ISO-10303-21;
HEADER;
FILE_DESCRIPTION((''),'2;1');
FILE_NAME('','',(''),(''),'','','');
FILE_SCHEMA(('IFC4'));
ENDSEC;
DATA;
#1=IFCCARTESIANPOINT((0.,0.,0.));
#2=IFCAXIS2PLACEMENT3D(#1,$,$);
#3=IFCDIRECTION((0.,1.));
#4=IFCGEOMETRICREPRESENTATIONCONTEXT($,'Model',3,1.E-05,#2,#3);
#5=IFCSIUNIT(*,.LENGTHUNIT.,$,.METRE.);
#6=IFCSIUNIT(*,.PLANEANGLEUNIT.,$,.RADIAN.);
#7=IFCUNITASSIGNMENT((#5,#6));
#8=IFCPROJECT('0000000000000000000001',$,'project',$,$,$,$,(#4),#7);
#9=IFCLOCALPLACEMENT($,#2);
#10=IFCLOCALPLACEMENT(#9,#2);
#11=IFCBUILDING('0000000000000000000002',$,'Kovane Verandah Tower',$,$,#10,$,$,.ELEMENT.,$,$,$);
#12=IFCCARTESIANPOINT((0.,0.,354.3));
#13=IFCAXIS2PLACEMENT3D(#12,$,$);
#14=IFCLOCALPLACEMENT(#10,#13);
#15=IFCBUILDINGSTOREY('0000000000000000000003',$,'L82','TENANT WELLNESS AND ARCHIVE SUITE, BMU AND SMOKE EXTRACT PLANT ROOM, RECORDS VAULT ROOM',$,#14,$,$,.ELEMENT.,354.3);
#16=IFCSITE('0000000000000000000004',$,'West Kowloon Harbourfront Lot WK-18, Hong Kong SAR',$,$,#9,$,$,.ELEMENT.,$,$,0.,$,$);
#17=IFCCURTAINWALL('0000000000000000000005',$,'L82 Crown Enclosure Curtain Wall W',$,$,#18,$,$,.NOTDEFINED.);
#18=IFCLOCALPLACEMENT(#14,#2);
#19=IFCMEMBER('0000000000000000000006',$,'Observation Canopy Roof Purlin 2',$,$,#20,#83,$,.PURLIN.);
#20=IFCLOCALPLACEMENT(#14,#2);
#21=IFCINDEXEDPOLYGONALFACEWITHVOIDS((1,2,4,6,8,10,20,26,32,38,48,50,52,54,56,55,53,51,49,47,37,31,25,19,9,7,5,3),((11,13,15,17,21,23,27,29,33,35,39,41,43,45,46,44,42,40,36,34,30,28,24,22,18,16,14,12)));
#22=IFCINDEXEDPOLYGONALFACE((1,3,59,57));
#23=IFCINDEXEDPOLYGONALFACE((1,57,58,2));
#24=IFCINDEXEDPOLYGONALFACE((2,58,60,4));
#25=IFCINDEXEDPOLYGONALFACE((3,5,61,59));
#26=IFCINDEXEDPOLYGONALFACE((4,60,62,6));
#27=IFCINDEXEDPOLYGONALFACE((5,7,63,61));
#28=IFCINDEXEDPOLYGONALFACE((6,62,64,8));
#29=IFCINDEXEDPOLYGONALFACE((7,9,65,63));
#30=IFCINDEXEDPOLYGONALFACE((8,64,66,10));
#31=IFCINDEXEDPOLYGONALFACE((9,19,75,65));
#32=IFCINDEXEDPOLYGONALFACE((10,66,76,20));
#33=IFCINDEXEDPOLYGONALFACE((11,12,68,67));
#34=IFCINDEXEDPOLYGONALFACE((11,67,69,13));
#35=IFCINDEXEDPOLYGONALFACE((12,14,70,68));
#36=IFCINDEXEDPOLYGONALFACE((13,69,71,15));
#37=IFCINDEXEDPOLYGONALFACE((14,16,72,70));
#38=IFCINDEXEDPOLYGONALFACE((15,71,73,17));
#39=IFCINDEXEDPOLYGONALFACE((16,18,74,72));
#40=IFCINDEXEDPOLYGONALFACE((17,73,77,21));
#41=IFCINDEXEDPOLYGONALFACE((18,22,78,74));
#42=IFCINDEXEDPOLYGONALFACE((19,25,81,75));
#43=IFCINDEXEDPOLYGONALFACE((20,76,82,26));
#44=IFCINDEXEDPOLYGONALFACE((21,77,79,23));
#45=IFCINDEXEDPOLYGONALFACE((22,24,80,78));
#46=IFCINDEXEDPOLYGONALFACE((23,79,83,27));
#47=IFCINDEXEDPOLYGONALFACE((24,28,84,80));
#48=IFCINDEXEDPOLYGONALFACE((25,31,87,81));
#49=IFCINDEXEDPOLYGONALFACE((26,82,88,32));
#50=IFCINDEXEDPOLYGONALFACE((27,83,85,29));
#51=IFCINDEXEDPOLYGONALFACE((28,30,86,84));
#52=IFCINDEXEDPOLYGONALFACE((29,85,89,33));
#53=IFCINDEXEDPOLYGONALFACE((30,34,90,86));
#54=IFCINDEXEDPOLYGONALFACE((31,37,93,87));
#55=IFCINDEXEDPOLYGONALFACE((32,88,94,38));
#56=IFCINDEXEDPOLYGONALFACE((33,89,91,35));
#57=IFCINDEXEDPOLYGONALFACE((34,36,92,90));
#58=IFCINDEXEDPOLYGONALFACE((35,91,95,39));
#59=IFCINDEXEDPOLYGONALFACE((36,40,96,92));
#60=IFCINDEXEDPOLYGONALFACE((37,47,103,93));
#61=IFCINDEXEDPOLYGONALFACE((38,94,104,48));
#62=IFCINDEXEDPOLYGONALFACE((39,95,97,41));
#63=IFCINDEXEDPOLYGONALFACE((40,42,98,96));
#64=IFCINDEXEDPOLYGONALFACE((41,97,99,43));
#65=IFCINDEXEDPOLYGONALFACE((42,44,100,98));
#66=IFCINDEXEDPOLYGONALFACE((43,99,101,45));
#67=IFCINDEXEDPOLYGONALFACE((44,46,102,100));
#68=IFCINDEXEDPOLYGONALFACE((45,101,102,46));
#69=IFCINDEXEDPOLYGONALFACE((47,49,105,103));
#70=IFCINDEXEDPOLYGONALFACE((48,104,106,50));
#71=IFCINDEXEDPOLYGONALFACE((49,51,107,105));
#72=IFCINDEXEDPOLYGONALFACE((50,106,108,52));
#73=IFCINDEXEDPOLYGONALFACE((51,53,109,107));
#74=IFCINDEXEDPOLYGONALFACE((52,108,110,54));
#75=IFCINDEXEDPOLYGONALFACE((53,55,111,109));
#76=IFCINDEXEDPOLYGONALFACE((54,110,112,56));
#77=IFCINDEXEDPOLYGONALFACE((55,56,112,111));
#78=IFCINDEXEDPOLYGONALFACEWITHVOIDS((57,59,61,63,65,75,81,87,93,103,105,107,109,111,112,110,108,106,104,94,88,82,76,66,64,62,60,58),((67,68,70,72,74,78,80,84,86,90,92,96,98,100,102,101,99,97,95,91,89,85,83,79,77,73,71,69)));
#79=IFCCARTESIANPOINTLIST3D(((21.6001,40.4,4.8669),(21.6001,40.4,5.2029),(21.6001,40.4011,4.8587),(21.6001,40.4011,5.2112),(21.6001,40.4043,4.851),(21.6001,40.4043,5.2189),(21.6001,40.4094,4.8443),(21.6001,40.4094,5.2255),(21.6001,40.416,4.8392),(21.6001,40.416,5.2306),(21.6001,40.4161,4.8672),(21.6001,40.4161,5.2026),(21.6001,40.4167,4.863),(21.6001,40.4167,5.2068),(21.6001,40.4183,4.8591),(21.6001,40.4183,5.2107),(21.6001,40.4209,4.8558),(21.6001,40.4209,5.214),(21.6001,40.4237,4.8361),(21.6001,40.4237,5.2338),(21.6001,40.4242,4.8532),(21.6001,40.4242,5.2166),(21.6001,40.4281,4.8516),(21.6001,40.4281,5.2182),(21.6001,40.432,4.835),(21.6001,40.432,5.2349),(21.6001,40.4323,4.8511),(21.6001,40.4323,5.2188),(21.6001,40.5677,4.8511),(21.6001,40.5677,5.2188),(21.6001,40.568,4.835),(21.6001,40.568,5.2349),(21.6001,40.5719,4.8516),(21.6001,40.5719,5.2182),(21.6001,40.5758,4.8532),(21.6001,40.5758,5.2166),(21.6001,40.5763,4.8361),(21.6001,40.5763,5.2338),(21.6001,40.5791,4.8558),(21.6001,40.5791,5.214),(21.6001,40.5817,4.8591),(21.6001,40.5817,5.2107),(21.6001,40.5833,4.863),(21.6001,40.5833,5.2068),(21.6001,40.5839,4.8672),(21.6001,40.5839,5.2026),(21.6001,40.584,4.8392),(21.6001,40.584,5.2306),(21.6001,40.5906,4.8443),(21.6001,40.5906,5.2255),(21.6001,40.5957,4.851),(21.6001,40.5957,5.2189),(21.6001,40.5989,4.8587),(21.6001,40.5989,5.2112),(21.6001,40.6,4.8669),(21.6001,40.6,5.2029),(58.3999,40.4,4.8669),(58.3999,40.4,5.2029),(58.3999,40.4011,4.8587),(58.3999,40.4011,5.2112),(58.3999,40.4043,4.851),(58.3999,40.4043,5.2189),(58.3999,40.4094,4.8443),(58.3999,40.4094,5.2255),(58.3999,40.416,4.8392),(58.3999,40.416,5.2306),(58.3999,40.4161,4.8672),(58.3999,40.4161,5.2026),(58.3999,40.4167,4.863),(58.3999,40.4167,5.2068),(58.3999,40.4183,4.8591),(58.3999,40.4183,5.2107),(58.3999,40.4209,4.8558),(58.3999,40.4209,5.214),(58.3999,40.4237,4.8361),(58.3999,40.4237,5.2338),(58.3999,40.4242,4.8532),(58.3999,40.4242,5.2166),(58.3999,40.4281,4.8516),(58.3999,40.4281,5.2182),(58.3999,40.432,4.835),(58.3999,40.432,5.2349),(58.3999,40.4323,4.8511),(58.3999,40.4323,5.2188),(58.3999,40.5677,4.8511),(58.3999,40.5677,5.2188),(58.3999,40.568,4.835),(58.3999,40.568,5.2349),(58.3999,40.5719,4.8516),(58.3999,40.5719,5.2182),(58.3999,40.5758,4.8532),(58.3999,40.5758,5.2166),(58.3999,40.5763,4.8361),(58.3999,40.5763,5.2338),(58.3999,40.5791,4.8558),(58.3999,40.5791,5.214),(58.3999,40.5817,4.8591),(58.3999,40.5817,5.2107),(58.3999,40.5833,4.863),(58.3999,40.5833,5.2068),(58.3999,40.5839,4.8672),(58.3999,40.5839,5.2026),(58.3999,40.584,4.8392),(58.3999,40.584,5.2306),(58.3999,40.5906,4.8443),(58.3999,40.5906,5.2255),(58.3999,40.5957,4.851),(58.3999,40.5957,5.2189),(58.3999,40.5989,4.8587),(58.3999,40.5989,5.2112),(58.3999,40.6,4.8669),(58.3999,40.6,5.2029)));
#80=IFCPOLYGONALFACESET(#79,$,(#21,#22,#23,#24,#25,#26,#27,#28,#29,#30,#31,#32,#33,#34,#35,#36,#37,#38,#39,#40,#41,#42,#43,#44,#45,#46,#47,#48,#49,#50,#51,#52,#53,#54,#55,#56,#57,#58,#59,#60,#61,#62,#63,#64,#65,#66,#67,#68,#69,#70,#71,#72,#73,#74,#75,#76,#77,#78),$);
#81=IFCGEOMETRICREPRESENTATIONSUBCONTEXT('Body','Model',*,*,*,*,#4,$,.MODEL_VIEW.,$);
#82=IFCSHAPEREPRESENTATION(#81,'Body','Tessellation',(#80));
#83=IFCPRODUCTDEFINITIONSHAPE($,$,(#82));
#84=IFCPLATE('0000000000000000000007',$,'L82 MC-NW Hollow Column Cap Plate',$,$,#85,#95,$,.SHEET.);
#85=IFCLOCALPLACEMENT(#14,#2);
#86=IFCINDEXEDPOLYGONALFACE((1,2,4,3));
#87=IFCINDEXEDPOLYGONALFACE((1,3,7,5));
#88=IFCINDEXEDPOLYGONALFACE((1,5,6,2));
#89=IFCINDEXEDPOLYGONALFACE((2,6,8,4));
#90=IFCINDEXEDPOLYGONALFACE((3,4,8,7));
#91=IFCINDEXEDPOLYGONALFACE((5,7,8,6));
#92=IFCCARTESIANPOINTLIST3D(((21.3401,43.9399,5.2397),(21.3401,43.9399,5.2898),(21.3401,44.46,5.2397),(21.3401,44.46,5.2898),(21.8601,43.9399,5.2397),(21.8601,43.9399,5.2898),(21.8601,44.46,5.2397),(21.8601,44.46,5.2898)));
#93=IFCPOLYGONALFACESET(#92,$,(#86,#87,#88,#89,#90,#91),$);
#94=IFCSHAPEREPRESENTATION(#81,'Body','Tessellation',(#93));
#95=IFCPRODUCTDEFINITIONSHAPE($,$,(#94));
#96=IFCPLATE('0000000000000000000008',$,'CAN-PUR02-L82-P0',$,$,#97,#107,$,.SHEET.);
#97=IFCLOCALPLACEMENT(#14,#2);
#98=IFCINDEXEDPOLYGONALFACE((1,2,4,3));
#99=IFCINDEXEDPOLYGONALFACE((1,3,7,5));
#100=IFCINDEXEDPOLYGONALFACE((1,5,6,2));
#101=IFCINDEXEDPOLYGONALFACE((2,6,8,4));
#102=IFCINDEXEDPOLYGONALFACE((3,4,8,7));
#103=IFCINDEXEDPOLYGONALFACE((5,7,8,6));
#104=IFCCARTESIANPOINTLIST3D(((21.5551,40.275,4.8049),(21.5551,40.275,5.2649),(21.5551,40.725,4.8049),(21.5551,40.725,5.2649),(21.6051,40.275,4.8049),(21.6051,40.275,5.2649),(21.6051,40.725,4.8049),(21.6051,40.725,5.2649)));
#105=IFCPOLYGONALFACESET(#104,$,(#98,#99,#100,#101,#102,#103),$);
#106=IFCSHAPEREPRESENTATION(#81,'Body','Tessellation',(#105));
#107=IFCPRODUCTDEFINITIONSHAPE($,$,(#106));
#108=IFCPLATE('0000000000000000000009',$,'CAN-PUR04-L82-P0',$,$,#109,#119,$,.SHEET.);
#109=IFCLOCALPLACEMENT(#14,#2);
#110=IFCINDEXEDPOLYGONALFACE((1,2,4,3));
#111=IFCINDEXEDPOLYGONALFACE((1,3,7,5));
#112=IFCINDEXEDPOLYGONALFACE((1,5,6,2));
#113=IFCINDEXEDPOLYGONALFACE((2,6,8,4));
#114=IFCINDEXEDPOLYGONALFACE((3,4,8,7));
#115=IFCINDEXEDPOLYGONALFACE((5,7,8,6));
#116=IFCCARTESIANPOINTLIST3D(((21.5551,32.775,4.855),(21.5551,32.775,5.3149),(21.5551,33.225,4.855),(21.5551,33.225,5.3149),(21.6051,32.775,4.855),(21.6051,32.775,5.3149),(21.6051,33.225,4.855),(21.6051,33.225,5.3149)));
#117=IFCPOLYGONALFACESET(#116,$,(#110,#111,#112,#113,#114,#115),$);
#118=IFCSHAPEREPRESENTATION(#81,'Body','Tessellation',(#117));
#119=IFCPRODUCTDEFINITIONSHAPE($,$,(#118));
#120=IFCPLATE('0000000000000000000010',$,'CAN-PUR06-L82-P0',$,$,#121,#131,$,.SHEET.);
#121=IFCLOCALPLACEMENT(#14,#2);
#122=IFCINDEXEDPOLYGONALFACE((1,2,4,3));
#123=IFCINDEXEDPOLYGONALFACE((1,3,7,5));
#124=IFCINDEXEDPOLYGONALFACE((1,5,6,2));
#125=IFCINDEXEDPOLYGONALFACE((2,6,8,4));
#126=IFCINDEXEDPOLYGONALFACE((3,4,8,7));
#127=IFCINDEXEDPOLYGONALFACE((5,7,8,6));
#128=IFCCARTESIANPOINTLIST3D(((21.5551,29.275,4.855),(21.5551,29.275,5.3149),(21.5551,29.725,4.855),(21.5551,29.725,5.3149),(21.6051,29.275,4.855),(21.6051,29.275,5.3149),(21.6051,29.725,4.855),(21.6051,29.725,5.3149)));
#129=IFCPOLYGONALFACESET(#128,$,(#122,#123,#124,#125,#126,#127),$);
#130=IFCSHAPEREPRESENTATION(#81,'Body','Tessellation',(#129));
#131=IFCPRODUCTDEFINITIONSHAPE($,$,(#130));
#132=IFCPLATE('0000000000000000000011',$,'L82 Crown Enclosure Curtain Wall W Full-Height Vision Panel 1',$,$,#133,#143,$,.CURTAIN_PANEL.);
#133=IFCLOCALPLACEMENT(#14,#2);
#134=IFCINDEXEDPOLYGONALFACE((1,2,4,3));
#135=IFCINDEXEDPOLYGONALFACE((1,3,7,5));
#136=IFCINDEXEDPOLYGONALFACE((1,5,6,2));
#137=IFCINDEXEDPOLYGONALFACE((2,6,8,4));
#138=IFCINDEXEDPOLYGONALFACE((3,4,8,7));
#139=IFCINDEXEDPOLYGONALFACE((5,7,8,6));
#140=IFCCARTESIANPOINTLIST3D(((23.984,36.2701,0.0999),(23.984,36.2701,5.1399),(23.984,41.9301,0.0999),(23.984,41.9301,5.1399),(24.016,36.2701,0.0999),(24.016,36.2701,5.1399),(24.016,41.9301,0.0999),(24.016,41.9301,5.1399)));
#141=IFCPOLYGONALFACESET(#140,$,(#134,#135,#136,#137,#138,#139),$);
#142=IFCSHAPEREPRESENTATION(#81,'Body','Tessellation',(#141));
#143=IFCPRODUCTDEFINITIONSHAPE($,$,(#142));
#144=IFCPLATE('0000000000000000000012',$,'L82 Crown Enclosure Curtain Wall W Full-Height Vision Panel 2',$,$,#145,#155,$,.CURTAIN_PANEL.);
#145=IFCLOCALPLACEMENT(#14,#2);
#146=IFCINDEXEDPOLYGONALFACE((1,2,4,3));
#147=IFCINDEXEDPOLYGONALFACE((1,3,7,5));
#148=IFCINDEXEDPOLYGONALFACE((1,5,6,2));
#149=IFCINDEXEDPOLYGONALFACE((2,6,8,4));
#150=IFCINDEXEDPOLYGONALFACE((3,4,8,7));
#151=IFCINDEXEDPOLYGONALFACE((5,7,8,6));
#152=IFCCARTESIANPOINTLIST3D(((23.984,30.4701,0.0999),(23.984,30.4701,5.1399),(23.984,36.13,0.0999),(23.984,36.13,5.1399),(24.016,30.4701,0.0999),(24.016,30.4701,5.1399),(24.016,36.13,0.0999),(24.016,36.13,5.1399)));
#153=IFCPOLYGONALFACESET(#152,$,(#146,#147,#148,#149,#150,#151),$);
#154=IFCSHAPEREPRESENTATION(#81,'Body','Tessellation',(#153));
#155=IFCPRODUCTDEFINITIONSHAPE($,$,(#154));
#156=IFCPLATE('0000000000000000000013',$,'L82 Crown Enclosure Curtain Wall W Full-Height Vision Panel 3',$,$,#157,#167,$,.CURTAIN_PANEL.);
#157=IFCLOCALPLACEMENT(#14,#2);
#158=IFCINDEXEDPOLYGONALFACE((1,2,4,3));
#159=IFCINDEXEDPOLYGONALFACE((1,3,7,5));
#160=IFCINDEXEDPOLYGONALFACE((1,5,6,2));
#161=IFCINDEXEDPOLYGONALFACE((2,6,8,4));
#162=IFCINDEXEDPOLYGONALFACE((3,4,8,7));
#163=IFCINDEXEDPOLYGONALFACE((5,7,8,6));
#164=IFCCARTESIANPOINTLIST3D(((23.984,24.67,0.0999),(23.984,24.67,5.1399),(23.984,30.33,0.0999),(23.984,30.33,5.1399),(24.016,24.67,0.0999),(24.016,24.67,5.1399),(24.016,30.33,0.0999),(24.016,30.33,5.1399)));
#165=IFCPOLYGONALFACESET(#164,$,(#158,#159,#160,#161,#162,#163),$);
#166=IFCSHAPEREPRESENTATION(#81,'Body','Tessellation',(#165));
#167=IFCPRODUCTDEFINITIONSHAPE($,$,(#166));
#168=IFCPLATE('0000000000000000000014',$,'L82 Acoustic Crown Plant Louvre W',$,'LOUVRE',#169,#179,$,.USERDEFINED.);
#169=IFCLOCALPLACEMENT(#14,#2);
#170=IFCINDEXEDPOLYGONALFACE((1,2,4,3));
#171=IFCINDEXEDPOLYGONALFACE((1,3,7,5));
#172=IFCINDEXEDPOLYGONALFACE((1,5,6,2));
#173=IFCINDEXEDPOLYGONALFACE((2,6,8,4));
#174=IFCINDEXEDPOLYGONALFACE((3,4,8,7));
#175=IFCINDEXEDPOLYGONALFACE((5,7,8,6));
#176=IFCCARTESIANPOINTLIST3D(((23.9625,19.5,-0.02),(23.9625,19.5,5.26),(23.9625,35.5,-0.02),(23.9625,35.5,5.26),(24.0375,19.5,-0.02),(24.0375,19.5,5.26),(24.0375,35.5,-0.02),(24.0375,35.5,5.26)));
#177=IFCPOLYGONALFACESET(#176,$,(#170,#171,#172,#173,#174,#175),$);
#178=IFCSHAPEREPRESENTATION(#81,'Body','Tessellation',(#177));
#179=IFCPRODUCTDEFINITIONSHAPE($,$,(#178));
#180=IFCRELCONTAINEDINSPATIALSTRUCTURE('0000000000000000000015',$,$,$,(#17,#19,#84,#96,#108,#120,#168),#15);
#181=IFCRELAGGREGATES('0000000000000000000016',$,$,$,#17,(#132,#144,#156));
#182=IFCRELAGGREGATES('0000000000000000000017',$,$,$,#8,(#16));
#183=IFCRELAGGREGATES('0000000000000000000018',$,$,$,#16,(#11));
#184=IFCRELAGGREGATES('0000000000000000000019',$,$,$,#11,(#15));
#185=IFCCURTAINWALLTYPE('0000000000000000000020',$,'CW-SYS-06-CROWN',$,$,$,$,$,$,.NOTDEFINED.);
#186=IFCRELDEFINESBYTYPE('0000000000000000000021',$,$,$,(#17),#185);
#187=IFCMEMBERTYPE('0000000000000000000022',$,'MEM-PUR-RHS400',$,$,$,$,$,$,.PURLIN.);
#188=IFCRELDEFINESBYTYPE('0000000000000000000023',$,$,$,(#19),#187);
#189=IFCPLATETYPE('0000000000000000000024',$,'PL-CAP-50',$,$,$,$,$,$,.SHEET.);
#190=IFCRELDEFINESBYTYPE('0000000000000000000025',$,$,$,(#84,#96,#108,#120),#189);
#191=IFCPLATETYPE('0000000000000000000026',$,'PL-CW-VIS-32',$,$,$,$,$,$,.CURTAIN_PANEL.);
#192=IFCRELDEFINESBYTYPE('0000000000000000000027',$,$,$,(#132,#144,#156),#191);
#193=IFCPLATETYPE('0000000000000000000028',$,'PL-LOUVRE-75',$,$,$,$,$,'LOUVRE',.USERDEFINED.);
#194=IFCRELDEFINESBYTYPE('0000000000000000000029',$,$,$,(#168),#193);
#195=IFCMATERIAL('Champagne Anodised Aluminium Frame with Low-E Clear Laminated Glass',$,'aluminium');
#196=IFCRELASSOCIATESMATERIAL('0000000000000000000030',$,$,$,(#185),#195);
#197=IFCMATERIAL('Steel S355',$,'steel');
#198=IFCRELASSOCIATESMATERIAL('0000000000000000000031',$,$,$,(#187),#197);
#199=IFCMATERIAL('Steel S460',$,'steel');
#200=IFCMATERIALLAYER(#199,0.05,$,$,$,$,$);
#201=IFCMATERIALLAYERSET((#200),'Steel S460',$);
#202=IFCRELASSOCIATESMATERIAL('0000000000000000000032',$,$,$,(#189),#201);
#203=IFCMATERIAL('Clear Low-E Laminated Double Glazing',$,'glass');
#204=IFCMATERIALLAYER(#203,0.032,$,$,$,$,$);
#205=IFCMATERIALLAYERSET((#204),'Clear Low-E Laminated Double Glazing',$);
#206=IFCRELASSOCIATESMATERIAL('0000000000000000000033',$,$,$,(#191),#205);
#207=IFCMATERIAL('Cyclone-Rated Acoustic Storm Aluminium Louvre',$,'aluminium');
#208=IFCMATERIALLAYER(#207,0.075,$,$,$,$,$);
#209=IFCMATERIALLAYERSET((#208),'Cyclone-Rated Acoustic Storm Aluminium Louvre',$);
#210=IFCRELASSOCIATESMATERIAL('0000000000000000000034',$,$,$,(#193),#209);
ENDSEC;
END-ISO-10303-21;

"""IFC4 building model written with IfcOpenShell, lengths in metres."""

from ifc_helpers import new_model, si_unit, direction, frame, origin, origin_2d, place, context, subcontext, project, spatial, rectangle, hollow_rectangle, extrude, material, layer, layer_set, material_profile, profile_set, type_object, element, aggregate, save


model = new_model("IFC4")

# Units and contexts
model_context = context("Model", 3, precision=1e-05, world=origin(), true_north=direction((0.0, 1.0)))
body_context = subcontext(model_context, "Body", "Model", "MODEL_VIEW")
ifc_project = project(units=[si_unit("LENGTHUNIT", "METRE"), si_unit("PLANEANGLEUNIT", "RADIAN")], contexts=[model_context])

# Site, building, storey
site_placement = place(None, origin())
site = spatial("IfcSite", under=ifc_project, at=site_placement, Name="West Kowloon Harbourfront Lot WK-18, Hong Kong SAR", CompositionType="ELEMENT", RefElevation=0.0)
building_placement = place(site_placement, origin())
building = spatial("IfcBuilding", under=site, at=building_placement, Name="Kovane Verandah Tower", CompositionType="ELEMENT")
storey_placement = place(building_placement, frame((0.0, 0.0, 354.3)))
storey = spatial("IfcBuildingStorey", under=building, at=storey_placement, Name="L82", Description="TENANT WELLNESS AND ARCHIVE SUITE, BMU AND SMOKE EXTRACT PLANT ROOM, RECORDS VAULT ROOM", CompositionType="ELEMENT", Elevation=354.3)

# Shared definitions
ifc_material_1 = material(Name="Steel S355", Category="steel")
ifc_material_2 = material(Name="Steel S460", Category="steel")

# Curtain wall
ifc_material_3 = material(Name="Champagne Anodised Aluminium Frame with Low-E Clear Laminated Glass", Category="aluminium")
curtain_wall_type = type_object("IfcCurtainWallType", Name="CW-SYS-06-CROWN", PredefinedType="NOTDEFINED", material=ifc_material_3)
curtain_wall_placement = place(storey_placement, origin())
curtain_wall = element("IfcCurtainWall", 1, at=curtain_wall_placement, inside=storey, type_object=curtain_wall_type, Name="L82 Crown Enclosure Curtain Wall W", PredefinedType="NOTDEFINED")

# Member
ifc_material_profile_1 = material_profile(ifc_material_1, hollow_rectangle(XDim=0.2, YDim=0.3999, WallThickness=0.0161, InnerFilletRadius=0.0161, OuterFilletRadius=0.032, at=origin_2d()), Name="RHS400x200x16")
ifc_profile_set_1 = profile_set([ifc_material_profile_1], Name="Steel S355")
member_type_1 = type_object("IfcMemberType", Name="MEM-PUR-RHS400", PredefinedType="PURLIN", material=ifc_profile_set_1)
member_1_placement = place(storey_placement, frame((21.6001, 40.5, 5.0349), z_axis=(1.0, 0.0, 0.0), x_axis=(0.0, 1.0, 0.0)))
element("IfcMember", 2, at=member_1_placement, inside=storey, type_object=member_type_1, Name="Observation Canopy Roof Purlin 2", PredefinedType="PURLIN", context=body_context, shape_type="SweptSolid", body=[
    extrude(hollow_rectangle(XDim=0.2, YDim=0.3999, WallThickness=0.0161, InnerFilletRadius=0.0161, OuterFilletRadius=0.032, at=origin_2d()), origin(), (0.0, 0.0, 1.0), 36.7998),
])

# Plates
ifc_layer_1 = layer(ifc_material_2, 0.05)
ifc_layer_set_1 = layer_set([ifc_layer_1], Name="Steel S460")
plate_type_1 = type_object("IfcPlateType", Name="PL-CAP-50", PredefinedType="SHEET", material=ifc_layer_set_1)
plate_1_placement = place(storey_placement, frame((21.6001, 44.2, 5.2397), z_axis=(0.0, 0.0, 1.0), x_axis=(1.0, 0.0, 0.0)))
element("IfcPlate", 3, at=plate_1_placement, inside=storey, type_object=plate_type_1, Name="L82 MC-NW Hollow Column Cap Plate", PredefinedType="SHEET", context=body_context, shape_type="SweptSolid", body=[
    extrude(rectangle(XDim=0.52, YDim=0.52, at=origin_2d()), origin(), (0.0, 0.0, 1.0), 0.05),
])
for number, where, z_axis, x_axis, name in (
    (4, (21.5801, 40.5, 4.8049), (0.0, 0.0, 1.0), (1.0, 0.0, 0.0), "CAN-PUR02-L82-P0"),
    (5, (21.5801, 33.0, 4.855), (0.0, 0.0, 1.0), (1.0, 0.0, 0.0), "CAN-PUR04-L82-P0"),
    (6, (21.5801, 29.5, 4.855), (0.0, 0.0, 1.0), (1.0, 0.0, 0.0), "CAN-PUR06-L82-P0"),
):
    element("IfcPlate", number, at=place(storey_placement, frame(where, z_axis=z_axis, x_axis=x_axis)), inside=storey, type_object=plate_type_1, Name=name, PredefinedType="SHEET", context=body_context, shape_type="SweptSolid", body=[
        extrude(rectangle(XDim=0.05, YDim=0.45, at=origin_2d()), origin(), (0.0, 0.0, 1.0), 0.46),
    ])

# Plates
ifc_material_4 = material(Name="Clear Low-E Laminated Double Glazing", Category="glass")
ifc_layer_2 = layer(ifc_material_4, 0.032)
ifc_layer_set_2 = layer_set([ifc_layer_2], Name="Clear Low-E Laminated Double Glazing")
plate_type_2 = type_object("IfcPlateType", Name="PL-CW-VIS-32", PredefinedType="CURTAIN_PANEL", material=ifc_layer_set_2)
plate_2_placement = place(storey_placement, frame((24.0, 39.1001, 0.0999), z_axis=(0.0, 0.0, 1.0), x_axis=(0.0, -1.0, 0.0)))
plate_2 = element("IfcPlate", 7, at=plate_2_placement, type_object=plate_type_2, Name="L82 Crown Enclosure Curtain Wall W Full-Height Vision Panel 1", PredefinedType="CURTAIN_PANEL", context=body_context, shape_type="SweptSolid", body=[
    extrude(rectangle(XDim=5.6599, YDim=0.032, at=origin_2d()), origin(), (0.0, 0.0, 1.0), 5.04),
])
plate_3_placement = place(storey_placement, frame((24.0, 33.3, 0.0999), z_axis=(0.0, 0.0, 1.0), x_axis=(0.0, -1.0, 0.0)))
plate_3 = element("IfcPlate", 8, at=plate_3_placement, type_object=plate_type_2, Name="L82 Crown Enclosure Curtain Wall W Full-Height Vision Panel 2", PredefinedType="CURTAIN_PANEL", context=body_context, shape_type="SweptSolid", body=[
    extrude(rectangle(XDim=5.6599, YDim=0.032, at=origin_2d()), origin(), (0.0, 0.0, 1.0), 5.04),
])
plate_4_placement = place(storey_placement, frame((24.0, 27.5, 0.0999), z_axis=(0.0, 0.0, 1.0), x_axis=(0.0, -1.0, 0.0)))
plate_4 = element("IfcPlate", 9, at=plate_4_placement, type_object=plate_type_2, Name="L82 Crown Enclosure Curtain Wall W Full-Height Vision Panel 3", PredefinedType="CURTAIN_PANEL", context=body_context, shape_type="SweptSolid", body=[
    extrude(rectangle(XDim=5.6599, YDim=0.032, at=origin_2d()), origin(), (0.0, 0.0, 1.0), 5.04),
])
aggregate(curtain_wall, [plate_2, plate_3, plate_4])
ifc_material_5 = material(Name="Cyclone-Rated Acoustic Storm Aluminium Louvre", Category="aluminium")
ifc_layer_3 = layer(ifc_material_5, 0.075)
ifc_layer_set_3 = layer_set([ifc_layer_3], Name="Cyclone-Rated Acoustic Storm Aluminium Louvre")
plate_type_3 = type_object("IfcPlateType", Name="PL-LOUVRE-75", ElementType="LOUVRE", PredefinedType="USERDEFINED", material=ifc_layer_set_3)
plate_5_placement = place(storey_placement, frame((24.0, 27.5, -0.02), z_axis=(0.0, 0.0, 1.0), x_axis=(0.0, 1.0, 0.0)))
element("IfcPlate", 10, at=plate_5_placement, inside=storey, type_object=plate_type_3, Name="L82 Acoustic Crown Plant Louvre W", ObjectType="LOUVRE", PredefinedType="USERDEFINED", context=body_context, shape_type="SweptSolid", body=[
    extrude(rectangle(XDim=16.0, YDim=0.075, at=origin_2d()), origin(), (0.0, 0.0, 1.0), 5.28),
])

save(model, "model.ifc")
